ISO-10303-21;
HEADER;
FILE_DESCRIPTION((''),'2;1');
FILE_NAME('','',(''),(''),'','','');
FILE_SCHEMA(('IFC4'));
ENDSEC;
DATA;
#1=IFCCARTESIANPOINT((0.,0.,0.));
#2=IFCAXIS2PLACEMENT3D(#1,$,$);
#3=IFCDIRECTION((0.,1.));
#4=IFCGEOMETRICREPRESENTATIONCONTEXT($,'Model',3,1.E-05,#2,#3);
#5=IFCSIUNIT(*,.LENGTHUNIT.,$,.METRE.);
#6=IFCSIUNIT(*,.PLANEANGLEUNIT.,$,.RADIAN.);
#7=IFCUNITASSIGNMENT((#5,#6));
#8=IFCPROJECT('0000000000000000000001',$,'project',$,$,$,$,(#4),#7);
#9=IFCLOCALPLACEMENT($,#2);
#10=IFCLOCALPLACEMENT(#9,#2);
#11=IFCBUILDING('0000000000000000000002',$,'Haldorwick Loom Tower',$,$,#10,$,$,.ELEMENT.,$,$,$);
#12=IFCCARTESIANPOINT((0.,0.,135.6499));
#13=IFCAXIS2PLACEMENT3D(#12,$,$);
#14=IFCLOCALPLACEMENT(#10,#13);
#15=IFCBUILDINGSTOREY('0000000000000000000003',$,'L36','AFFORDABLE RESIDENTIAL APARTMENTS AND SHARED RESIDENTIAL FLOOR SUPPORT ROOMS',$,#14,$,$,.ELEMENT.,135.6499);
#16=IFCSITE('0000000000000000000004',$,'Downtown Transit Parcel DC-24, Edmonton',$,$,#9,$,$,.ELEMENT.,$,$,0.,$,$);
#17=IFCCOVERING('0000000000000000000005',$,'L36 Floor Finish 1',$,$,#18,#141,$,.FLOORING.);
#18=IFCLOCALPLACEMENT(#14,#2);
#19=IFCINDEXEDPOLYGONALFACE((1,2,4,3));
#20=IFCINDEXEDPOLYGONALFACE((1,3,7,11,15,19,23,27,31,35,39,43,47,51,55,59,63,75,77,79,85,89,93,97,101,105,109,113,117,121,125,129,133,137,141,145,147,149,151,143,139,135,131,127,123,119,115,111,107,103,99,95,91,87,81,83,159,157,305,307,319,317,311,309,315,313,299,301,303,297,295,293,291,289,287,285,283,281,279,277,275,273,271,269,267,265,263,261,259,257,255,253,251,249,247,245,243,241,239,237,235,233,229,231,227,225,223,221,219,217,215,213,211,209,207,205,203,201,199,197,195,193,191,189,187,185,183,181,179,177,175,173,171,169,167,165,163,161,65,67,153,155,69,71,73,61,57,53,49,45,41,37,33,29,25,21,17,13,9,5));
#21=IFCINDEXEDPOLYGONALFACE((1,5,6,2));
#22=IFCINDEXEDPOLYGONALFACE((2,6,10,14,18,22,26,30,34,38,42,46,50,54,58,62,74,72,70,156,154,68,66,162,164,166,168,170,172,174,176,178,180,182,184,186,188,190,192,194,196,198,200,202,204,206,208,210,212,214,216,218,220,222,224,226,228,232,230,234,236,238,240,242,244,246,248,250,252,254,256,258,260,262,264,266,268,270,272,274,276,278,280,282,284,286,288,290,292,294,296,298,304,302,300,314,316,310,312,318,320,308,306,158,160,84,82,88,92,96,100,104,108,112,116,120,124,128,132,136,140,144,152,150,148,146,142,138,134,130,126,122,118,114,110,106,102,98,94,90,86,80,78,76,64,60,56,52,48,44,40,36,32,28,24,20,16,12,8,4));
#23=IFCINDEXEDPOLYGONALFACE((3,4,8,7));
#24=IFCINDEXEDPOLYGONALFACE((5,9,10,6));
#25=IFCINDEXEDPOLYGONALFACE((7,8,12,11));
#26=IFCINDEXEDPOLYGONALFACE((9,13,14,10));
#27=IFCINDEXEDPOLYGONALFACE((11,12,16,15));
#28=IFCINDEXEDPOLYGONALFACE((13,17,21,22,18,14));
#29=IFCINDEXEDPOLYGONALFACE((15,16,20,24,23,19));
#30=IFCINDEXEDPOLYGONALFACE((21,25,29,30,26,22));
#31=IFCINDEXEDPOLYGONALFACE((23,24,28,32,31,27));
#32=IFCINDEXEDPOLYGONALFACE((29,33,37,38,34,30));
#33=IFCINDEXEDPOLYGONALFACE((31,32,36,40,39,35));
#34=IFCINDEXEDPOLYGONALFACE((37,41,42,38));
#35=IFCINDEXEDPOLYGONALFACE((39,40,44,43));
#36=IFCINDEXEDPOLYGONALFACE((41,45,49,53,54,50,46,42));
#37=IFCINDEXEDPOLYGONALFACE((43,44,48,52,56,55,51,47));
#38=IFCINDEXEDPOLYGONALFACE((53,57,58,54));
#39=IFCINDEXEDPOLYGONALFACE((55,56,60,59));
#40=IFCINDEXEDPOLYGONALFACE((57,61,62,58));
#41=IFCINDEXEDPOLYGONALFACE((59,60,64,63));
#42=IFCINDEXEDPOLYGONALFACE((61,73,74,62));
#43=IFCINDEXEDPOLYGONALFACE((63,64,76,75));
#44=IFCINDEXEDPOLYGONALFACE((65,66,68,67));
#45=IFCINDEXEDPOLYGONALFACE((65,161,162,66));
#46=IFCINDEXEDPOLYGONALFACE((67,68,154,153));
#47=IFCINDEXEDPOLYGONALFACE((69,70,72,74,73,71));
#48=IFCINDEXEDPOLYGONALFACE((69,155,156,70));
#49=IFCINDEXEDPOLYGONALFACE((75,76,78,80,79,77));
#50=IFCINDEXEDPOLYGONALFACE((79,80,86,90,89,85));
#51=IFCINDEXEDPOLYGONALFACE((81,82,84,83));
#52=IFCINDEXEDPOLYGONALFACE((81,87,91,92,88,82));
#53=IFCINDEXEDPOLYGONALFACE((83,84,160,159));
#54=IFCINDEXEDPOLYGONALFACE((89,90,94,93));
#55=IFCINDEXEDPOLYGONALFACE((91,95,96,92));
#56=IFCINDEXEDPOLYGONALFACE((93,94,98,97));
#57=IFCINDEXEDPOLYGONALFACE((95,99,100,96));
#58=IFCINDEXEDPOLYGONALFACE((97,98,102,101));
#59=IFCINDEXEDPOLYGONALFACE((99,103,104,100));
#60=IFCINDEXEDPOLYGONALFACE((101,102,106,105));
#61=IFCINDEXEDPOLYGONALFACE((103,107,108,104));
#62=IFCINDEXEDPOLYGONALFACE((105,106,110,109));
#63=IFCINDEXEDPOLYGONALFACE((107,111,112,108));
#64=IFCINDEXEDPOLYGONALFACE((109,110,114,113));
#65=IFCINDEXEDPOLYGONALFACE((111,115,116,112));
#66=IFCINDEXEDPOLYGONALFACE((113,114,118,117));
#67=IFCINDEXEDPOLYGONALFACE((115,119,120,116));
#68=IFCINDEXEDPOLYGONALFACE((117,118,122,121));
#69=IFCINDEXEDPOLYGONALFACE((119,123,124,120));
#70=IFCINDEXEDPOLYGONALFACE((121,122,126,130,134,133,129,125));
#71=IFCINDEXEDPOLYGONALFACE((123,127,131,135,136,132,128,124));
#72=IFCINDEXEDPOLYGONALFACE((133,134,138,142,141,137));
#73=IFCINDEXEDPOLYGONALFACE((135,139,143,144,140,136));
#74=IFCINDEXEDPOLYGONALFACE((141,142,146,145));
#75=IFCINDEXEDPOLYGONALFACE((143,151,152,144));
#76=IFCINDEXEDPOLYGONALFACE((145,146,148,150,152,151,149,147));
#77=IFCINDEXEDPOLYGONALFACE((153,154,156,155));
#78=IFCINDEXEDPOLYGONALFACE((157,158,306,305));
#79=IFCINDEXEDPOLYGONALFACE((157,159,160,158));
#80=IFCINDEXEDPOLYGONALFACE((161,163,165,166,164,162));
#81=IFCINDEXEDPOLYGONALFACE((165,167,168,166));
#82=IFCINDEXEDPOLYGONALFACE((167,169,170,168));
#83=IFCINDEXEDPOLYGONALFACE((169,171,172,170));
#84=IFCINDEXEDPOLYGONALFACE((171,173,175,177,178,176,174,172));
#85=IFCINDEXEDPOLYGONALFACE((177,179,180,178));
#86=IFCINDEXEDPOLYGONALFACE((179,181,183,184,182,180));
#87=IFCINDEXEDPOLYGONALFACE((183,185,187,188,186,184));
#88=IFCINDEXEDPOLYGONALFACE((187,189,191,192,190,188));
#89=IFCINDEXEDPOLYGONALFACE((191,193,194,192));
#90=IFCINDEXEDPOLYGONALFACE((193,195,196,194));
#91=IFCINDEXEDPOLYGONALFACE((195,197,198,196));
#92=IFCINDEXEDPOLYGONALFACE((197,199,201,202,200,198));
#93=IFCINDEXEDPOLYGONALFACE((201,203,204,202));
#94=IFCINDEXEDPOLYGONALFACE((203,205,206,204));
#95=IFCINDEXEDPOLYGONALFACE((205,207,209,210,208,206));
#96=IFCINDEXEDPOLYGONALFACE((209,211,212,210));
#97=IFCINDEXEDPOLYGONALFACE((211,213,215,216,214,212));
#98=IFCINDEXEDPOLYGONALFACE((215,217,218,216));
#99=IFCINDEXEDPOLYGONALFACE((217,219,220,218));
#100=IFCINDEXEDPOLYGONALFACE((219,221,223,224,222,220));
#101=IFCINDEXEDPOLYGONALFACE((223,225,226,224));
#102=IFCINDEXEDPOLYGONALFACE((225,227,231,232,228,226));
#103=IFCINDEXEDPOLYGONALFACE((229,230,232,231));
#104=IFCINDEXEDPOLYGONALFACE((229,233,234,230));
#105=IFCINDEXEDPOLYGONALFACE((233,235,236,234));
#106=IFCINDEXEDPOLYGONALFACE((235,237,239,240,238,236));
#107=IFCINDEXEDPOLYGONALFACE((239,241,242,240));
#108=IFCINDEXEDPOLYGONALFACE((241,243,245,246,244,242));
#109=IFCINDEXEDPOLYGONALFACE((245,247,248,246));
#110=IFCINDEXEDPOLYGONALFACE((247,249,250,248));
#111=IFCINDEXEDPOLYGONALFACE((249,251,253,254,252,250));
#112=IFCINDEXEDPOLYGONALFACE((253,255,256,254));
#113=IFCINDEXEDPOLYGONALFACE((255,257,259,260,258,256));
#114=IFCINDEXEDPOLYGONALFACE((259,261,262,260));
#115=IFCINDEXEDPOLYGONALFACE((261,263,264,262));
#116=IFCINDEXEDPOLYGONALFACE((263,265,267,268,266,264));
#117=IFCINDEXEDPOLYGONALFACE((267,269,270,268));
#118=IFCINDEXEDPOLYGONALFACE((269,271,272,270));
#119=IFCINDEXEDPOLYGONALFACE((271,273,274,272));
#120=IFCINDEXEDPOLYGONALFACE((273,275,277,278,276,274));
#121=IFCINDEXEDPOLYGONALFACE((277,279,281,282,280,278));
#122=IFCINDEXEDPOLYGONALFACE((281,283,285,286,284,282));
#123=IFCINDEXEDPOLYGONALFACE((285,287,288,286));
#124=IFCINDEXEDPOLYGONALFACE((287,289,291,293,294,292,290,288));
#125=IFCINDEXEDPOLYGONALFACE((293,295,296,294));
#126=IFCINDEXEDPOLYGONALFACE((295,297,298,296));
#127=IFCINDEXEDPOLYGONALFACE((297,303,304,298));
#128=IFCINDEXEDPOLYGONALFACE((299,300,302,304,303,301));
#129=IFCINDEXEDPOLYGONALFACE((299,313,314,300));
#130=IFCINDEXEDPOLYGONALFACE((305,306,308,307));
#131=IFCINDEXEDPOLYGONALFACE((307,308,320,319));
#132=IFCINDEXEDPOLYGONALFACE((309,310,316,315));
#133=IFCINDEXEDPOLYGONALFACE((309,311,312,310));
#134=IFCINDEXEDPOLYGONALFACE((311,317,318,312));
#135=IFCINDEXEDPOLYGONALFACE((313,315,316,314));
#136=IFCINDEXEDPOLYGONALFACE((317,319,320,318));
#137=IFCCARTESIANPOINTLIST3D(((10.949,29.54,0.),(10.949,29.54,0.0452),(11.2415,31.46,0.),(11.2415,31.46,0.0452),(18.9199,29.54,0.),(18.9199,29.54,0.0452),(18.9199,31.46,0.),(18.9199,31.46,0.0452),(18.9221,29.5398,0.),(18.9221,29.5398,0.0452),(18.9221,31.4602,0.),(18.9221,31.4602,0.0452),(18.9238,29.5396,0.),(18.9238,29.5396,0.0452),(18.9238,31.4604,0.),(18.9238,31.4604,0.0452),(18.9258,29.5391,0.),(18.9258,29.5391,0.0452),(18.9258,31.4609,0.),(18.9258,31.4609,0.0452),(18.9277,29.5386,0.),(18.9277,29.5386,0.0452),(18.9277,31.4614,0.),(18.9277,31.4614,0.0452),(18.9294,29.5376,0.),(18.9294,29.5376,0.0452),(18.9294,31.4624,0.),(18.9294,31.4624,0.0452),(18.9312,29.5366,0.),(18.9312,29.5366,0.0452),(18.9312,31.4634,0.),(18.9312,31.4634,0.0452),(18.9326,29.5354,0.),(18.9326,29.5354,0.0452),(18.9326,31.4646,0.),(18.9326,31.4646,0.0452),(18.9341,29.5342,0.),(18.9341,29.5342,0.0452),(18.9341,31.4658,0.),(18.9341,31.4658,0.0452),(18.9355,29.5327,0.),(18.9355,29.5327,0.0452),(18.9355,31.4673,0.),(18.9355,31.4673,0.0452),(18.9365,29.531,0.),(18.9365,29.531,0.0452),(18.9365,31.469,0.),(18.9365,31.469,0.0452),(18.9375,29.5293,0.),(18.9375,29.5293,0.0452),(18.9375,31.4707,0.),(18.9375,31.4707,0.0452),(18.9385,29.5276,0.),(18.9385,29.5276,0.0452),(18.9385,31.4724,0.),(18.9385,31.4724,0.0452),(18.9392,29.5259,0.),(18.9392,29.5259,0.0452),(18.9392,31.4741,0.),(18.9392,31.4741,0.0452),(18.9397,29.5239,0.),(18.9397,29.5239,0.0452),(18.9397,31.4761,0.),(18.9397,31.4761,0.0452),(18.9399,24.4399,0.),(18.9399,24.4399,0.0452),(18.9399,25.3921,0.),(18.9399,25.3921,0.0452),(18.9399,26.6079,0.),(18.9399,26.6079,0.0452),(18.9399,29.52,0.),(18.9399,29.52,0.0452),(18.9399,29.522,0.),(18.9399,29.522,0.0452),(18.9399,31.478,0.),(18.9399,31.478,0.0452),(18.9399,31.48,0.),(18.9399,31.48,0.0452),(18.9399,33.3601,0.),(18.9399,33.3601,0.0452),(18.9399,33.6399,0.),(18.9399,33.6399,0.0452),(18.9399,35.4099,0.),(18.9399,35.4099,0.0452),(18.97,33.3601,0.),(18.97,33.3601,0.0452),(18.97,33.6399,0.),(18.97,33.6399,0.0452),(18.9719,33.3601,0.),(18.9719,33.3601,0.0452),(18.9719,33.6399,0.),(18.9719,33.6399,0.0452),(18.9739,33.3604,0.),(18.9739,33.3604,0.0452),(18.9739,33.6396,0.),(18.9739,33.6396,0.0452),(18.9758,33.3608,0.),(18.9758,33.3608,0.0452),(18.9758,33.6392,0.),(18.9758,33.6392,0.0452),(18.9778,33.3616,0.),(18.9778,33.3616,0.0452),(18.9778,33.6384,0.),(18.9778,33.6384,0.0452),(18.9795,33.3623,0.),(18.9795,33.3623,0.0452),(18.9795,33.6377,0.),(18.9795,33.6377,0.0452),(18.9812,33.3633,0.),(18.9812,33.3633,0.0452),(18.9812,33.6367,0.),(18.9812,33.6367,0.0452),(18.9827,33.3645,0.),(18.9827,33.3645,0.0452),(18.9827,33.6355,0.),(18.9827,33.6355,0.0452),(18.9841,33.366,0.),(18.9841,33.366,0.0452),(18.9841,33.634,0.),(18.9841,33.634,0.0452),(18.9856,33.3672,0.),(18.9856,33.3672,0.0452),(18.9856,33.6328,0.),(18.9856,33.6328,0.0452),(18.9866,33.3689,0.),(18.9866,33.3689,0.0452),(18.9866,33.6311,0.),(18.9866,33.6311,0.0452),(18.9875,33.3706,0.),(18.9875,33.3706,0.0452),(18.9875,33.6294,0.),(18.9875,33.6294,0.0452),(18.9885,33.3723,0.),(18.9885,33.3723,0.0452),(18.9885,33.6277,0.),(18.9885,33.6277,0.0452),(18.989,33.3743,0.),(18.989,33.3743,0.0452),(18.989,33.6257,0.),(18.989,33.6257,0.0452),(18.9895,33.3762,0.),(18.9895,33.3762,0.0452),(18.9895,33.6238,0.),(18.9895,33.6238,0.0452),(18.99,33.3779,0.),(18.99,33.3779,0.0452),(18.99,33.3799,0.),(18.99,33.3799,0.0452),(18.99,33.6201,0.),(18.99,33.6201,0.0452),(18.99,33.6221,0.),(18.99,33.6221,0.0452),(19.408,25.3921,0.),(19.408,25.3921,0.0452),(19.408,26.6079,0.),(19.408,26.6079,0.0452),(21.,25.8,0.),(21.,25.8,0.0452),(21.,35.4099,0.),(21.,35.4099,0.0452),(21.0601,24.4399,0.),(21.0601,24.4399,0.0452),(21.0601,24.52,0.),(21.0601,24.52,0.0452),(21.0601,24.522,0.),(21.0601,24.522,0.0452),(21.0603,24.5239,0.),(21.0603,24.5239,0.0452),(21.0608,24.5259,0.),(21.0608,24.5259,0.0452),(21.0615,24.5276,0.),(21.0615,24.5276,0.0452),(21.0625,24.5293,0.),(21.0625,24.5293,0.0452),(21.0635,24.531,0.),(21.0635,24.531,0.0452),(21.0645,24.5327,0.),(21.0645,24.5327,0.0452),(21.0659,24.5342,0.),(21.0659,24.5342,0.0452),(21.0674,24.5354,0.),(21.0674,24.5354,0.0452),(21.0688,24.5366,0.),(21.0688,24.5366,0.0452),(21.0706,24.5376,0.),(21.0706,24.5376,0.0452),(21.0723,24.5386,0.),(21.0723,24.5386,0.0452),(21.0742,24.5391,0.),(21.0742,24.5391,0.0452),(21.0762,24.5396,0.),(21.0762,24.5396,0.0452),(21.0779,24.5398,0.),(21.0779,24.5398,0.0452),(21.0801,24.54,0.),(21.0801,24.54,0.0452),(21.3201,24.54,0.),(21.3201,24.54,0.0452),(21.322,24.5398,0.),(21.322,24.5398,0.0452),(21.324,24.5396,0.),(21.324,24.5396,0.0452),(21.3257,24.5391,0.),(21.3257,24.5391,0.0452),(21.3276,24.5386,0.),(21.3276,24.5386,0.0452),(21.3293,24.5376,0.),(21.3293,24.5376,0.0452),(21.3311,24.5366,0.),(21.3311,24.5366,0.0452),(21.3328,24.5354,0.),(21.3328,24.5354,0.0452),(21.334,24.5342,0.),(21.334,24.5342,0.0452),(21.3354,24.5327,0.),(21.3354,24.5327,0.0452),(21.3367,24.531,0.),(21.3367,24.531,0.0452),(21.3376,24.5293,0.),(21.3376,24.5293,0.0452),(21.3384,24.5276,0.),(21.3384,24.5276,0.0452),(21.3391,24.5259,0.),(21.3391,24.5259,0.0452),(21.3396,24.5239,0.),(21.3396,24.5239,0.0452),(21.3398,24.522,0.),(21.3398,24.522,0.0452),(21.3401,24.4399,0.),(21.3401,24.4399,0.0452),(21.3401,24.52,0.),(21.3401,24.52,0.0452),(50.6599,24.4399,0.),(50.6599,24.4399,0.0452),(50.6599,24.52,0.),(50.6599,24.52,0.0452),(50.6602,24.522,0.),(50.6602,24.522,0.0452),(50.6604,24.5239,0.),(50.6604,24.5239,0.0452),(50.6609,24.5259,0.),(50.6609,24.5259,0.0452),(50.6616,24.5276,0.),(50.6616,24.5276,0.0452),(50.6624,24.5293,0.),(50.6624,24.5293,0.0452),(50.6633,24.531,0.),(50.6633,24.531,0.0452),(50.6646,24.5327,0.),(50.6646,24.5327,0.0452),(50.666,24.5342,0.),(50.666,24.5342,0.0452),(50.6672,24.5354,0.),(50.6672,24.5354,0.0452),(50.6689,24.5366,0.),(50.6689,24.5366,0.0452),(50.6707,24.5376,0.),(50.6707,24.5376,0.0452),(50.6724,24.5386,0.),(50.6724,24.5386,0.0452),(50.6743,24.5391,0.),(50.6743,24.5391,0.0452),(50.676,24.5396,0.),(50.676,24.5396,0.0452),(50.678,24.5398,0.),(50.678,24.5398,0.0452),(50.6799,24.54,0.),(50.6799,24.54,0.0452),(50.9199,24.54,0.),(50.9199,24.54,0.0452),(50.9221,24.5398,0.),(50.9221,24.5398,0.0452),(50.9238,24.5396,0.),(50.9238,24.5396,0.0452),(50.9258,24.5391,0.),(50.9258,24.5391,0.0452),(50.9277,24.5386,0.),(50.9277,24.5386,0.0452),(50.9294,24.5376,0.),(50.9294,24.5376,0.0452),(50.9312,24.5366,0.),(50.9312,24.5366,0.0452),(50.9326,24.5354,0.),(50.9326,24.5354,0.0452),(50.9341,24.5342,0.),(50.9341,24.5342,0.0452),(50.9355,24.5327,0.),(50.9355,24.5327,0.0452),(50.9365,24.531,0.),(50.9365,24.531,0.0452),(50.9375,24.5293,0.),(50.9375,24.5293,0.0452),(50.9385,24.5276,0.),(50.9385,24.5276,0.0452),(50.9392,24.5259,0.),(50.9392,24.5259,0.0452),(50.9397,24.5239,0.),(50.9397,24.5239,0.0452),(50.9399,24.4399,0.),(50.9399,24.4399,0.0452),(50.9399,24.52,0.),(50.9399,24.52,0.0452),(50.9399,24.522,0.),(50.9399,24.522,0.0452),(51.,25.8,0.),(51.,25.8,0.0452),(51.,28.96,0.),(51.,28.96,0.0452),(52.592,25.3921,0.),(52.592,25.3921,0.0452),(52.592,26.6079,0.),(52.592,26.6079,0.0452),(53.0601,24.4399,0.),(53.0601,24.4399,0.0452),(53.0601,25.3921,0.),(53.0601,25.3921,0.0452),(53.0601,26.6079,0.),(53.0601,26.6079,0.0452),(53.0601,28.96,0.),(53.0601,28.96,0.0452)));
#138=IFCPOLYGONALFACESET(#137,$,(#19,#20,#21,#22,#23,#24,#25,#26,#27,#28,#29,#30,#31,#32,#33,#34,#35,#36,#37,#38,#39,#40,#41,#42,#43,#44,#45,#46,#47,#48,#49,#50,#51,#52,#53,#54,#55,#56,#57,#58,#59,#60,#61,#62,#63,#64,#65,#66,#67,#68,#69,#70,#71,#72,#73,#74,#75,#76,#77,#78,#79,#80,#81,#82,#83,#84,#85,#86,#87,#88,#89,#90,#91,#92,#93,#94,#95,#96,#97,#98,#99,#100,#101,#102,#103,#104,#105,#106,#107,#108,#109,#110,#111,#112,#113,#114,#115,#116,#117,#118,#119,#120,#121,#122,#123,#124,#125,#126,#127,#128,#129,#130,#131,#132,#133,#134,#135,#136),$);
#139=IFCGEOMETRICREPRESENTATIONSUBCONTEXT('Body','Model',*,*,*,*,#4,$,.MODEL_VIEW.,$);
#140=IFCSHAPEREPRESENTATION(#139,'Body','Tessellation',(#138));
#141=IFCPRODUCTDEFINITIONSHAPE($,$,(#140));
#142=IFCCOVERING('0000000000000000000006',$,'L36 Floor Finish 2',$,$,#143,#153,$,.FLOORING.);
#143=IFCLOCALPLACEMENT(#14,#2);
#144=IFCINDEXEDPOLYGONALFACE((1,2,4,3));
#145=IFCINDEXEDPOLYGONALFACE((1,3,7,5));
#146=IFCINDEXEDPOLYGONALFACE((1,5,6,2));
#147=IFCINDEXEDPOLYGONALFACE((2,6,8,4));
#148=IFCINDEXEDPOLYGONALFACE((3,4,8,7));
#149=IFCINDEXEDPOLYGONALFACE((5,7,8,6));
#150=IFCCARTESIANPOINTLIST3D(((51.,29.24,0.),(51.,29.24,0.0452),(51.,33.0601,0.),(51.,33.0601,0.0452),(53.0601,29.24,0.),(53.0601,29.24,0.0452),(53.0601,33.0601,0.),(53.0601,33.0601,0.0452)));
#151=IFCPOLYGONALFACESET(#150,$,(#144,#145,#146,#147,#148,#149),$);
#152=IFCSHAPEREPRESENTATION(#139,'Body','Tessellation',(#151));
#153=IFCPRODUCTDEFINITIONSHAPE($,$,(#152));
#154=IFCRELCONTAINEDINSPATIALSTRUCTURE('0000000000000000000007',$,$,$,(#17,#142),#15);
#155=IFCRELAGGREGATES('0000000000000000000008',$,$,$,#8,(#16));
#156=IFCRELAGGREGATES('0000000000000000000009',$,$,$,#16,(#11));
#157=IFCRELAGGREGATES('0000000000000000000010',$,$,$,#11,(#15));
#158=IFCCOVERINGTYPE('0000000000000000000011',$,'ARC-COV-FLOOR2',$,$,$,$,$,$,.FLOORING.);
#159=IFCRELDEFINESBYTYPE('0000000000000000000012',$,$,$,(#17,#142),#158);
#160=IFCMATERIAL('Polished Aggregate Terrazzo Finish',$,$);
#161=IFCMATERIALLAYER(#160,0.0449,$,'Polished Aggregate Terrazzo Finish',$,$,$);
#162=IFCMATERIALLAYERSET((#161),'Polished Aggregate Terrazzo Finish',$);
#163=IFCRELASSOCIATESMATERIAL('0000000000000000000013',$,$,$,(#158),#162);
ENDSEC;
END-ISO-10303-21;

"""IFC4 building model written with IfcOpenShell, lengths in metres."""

from ifc_helpers import new_model, si_unit, direction, frame, origin, place, context, subcontext, project, spatial, polyline, outline, extrude, material, layer, layer_set, type_object, element, save


model = new_model("IFC4")

# Units and contexts
model_context = context("Model", 3, precision=1e-05, world=origin(), true_north=direction((0.0, 1.0)))
body_context = subcontext(model_context, "Body", "Model", "MODEL_VIEW")
ifc_project = project(units=[si_unit("LENGTHUNIT", "METRE"), si_unit("PLANEANGLEUNIT", "RADIAN")], contexts=[model_context])

# Site, building, storey
site_placement = place(None, origin())
site = spatial("IfcSite", under=ifc_project, at=site_placement, Name="Downtown Transit Parcel DC-24, Edmonton", CompositionType="ELEMENT", RefElevation=0.0)
building_placement = place(site_placement, origin())
building = spatial("IfcBuilding", under=site, at=building_placement, Name="Haldorwick Loom Tower", CompositionType="ELEMENT")
storey_placement = place(building_placement, frame((0.0, 0.0, 135.6499)))
storey = spatial("IfcBuildingStorey", under=building, at=storey_placement, Name="L36", Description="AFFORDABLE RESIDENTIAL APARTMENTS AND SHARED RESIDENTIAL FLOOR SUPPORT ROOMS", CompositionType="ELEMENT", Elevation=135.6499)

# Coverings
ifc_material_1 = material(Name="Polished Aggregate Terrazzo Finish")
ifc_layer_1 = layer(ifc_material_1, 0.0449, Name="Polished Aggregate Terrazzo Finish")
ifc_layer_set_1 = layer_set([ifc_layer_1], Name="Polished Aggregate Terrazzo Finish")
covering_type_1 = type_object("IfcCoveringType", Name="ARC-COV-FLOOR2", PredefinedType="FLOORING", material=ifc_layer_set_1)
covering_1_placement = place(storey_placement, origin())
element("IfcCovering", 1, at=covering_1_placement, inside=storey, type_object=covering_type_1, Name="L36 Floor Finish 1", PredefinedType="FLOORING", context=body_context, shape_type="SweptSolid", body=[
    extrude(outline(polyline([(10.949, 29.54), (18.9199, 29.54), (18.9221, 29.5398), (18.9238, 29.5396), (18.9258, 29.5391), (18.9277, 29.5386), (18.9294, 29.5376), (18.9312, 29.5366), (18.9326, 29.5354), (18.9341, 29.5342), (18.9355, 29.5327), (18.9365, 29.531), (18.9375, 29.5293), (18.9385, 29.5276), (18.9392, 29.5259), (18.9397, 29.5239), (18.9399, 29.522), (18.9399, 29.52), (18.9399, 26.6079), (19.408, 26.6079), (19.408, 25.3921), (18.9399, 25.3921), (18.9399, 24.4399), (21.0601, 24.4399), (21.0601, 24.52), (21.0601, 24.522), (21.0603, 24.5239), (21.0608, 24.5259), (21.0615, 24.5276), (21.0625, 24.5293), (21.0635, 24.531), (21.0645, 24.5327), (21.0659, 24.5342), (21.0674, 24.5354), (21.0688, 24.5366), (21.0706, 24.5376), (21.0723, 24.5386), (21.0742, 24.5391), (21.0762, 24.5396), (21.0779, 24.5398), (21.0801, 24.54), (21.3201, 24.54), (21.322, 24.5398), (21.324, 24.5396), (21.3257, 24.5391), (21.3276, 24.5386), (21.3293, 24.5376), (21.3311, 24.5366), (21.3328, 24.5354), (21.334, 24.5342), (21.3354, 24.5327), (21.3367, 24.531), (21.3376, 24.5293), (21.3384, 24.5276), (21.3391, 24.5259), (21.3396, 24.5239), (21.3398, 24.522), (21.3401, 24.52), (21.3401, 24.4399), (50.6599, 24.4399), (50.6599, 24.52), (50.6602, 24.522), (50.6604, 24.5239), (50.6609, 24.5259), (50.6616, 24.5276), (50.6624, 24.5293), (50.6633, 24.531), (50.6646, 24.5327), (50.666, 24.5342), (50.6672, 24.5354), (50.6689, 24.5366), (50.6707, 24.5376), (50.6724, 24.5386), (50.6743, 24.5391), (50.676, 24.5396), (50.678, 24.5398), (50.6799, 24.54), (50.9199, 24.54), (50.9221, 24.5398), (50.9238, 24.5396), (50.9258, 24.5391), (50.9277, 24.5386), (50.9294, 24.5376), (50.9312, 24.5366), (50.9326, 24.5354), (50.9341, 24.5342), (50.9355, 24.5327), (50.9365, 24.531), (50.9375, 24.5293), (50.9385, 24.5276), (50.9392, 24.5259), (50.9397, 24.5239), (50.9399, 24.522), (50.9399, 24.52), (50.9399, 24.4399), (53.0601, 24.4399), (53.0601, 25.3921), (52.592, 25.3921), (52.592, 26.6079), (53.0601, 26.6079), (53.0601, 28.96), (51.0, 28.96), (51.0, 25.8), (21.0, 25.8), (21.0, 35.4099), (18.9399, 35.4099), (18.9399, 33.6399), (18.97, 33.6399), (18.9719, 33.6399), (18.9739, 33.6396), (18.9758, 33.6392), (18.9778, 33.6384), (18.9795, 33.6377), (18.9812, 33.6367), (18.9827, 33.6355), (18.9841, 33.634), (18.9856, 33.6328), (18.9866, 33.6311), (18.9875, 33.6294), (18.9885, 33.6277), (18.989, 33.6257), (18.9895, 33.6238), (18.99, 33.6221), (18.99, 33.6201), (18.99, 33.3799), (18.99, 33.3779), (18.9895, 33.3762), (18.989, 33.3743), (18.9885, 33.3723), (18.9875, 33.3706), (18.9866, 33.3689), (18.9856, 33.3672), (18.9841, 33.366), (18.9827, 33.3645), (18.9812, 33.3633), (18.9795, 33.3623), (18.9778, 33.3616), (18.9758, 33.3608), (18.9739, 33.3604), (18.9719, 33.3601), (18.97, 33.3601), (18.9399, 33.3601), (18.9399, 31.48), (18.9399, 31.478), (18.9397, 31.4761), (18.9392, 31.4741), (18.9385, 31.4724), (18.9375, 31.4707), (18.9365, 31.469), (18.9355, 31.4673), (18.9341, 31.4658), (18.9326, 31.4646), (18.9312, 31.4634), (18.9294, 31.4624), (18.9277, 31.4614), (18.9258, 31.4609), (18.9238, 31.4604), (18.9221, 31.4602), (18.9199, 31.46), (11.2415, 31.46), (10.949, 29.54)])), origin(), (0.0, 0.0, 1.0), 0.0452),
])
covering_2_placement = place(storey_placement, origin())
element("IfcCovering", 2, at=covering_2_placement, inside=storey, type_object=covering_type_1, Name="L36 Floor Finish 2", PredefinedType="FLOORING", context=body_context, shape_type="SweptSolid", body=[
    extrude(outline(polyline([(51.0, 33.0601), (51.0, 29.24), (53.0601, 29.24), (53.0601, 33.0601), (51.0, 33.0601)])), origin(), (0.0, 0.0, 1.0), 0.0452),
])

save(model, "model.ifc")
